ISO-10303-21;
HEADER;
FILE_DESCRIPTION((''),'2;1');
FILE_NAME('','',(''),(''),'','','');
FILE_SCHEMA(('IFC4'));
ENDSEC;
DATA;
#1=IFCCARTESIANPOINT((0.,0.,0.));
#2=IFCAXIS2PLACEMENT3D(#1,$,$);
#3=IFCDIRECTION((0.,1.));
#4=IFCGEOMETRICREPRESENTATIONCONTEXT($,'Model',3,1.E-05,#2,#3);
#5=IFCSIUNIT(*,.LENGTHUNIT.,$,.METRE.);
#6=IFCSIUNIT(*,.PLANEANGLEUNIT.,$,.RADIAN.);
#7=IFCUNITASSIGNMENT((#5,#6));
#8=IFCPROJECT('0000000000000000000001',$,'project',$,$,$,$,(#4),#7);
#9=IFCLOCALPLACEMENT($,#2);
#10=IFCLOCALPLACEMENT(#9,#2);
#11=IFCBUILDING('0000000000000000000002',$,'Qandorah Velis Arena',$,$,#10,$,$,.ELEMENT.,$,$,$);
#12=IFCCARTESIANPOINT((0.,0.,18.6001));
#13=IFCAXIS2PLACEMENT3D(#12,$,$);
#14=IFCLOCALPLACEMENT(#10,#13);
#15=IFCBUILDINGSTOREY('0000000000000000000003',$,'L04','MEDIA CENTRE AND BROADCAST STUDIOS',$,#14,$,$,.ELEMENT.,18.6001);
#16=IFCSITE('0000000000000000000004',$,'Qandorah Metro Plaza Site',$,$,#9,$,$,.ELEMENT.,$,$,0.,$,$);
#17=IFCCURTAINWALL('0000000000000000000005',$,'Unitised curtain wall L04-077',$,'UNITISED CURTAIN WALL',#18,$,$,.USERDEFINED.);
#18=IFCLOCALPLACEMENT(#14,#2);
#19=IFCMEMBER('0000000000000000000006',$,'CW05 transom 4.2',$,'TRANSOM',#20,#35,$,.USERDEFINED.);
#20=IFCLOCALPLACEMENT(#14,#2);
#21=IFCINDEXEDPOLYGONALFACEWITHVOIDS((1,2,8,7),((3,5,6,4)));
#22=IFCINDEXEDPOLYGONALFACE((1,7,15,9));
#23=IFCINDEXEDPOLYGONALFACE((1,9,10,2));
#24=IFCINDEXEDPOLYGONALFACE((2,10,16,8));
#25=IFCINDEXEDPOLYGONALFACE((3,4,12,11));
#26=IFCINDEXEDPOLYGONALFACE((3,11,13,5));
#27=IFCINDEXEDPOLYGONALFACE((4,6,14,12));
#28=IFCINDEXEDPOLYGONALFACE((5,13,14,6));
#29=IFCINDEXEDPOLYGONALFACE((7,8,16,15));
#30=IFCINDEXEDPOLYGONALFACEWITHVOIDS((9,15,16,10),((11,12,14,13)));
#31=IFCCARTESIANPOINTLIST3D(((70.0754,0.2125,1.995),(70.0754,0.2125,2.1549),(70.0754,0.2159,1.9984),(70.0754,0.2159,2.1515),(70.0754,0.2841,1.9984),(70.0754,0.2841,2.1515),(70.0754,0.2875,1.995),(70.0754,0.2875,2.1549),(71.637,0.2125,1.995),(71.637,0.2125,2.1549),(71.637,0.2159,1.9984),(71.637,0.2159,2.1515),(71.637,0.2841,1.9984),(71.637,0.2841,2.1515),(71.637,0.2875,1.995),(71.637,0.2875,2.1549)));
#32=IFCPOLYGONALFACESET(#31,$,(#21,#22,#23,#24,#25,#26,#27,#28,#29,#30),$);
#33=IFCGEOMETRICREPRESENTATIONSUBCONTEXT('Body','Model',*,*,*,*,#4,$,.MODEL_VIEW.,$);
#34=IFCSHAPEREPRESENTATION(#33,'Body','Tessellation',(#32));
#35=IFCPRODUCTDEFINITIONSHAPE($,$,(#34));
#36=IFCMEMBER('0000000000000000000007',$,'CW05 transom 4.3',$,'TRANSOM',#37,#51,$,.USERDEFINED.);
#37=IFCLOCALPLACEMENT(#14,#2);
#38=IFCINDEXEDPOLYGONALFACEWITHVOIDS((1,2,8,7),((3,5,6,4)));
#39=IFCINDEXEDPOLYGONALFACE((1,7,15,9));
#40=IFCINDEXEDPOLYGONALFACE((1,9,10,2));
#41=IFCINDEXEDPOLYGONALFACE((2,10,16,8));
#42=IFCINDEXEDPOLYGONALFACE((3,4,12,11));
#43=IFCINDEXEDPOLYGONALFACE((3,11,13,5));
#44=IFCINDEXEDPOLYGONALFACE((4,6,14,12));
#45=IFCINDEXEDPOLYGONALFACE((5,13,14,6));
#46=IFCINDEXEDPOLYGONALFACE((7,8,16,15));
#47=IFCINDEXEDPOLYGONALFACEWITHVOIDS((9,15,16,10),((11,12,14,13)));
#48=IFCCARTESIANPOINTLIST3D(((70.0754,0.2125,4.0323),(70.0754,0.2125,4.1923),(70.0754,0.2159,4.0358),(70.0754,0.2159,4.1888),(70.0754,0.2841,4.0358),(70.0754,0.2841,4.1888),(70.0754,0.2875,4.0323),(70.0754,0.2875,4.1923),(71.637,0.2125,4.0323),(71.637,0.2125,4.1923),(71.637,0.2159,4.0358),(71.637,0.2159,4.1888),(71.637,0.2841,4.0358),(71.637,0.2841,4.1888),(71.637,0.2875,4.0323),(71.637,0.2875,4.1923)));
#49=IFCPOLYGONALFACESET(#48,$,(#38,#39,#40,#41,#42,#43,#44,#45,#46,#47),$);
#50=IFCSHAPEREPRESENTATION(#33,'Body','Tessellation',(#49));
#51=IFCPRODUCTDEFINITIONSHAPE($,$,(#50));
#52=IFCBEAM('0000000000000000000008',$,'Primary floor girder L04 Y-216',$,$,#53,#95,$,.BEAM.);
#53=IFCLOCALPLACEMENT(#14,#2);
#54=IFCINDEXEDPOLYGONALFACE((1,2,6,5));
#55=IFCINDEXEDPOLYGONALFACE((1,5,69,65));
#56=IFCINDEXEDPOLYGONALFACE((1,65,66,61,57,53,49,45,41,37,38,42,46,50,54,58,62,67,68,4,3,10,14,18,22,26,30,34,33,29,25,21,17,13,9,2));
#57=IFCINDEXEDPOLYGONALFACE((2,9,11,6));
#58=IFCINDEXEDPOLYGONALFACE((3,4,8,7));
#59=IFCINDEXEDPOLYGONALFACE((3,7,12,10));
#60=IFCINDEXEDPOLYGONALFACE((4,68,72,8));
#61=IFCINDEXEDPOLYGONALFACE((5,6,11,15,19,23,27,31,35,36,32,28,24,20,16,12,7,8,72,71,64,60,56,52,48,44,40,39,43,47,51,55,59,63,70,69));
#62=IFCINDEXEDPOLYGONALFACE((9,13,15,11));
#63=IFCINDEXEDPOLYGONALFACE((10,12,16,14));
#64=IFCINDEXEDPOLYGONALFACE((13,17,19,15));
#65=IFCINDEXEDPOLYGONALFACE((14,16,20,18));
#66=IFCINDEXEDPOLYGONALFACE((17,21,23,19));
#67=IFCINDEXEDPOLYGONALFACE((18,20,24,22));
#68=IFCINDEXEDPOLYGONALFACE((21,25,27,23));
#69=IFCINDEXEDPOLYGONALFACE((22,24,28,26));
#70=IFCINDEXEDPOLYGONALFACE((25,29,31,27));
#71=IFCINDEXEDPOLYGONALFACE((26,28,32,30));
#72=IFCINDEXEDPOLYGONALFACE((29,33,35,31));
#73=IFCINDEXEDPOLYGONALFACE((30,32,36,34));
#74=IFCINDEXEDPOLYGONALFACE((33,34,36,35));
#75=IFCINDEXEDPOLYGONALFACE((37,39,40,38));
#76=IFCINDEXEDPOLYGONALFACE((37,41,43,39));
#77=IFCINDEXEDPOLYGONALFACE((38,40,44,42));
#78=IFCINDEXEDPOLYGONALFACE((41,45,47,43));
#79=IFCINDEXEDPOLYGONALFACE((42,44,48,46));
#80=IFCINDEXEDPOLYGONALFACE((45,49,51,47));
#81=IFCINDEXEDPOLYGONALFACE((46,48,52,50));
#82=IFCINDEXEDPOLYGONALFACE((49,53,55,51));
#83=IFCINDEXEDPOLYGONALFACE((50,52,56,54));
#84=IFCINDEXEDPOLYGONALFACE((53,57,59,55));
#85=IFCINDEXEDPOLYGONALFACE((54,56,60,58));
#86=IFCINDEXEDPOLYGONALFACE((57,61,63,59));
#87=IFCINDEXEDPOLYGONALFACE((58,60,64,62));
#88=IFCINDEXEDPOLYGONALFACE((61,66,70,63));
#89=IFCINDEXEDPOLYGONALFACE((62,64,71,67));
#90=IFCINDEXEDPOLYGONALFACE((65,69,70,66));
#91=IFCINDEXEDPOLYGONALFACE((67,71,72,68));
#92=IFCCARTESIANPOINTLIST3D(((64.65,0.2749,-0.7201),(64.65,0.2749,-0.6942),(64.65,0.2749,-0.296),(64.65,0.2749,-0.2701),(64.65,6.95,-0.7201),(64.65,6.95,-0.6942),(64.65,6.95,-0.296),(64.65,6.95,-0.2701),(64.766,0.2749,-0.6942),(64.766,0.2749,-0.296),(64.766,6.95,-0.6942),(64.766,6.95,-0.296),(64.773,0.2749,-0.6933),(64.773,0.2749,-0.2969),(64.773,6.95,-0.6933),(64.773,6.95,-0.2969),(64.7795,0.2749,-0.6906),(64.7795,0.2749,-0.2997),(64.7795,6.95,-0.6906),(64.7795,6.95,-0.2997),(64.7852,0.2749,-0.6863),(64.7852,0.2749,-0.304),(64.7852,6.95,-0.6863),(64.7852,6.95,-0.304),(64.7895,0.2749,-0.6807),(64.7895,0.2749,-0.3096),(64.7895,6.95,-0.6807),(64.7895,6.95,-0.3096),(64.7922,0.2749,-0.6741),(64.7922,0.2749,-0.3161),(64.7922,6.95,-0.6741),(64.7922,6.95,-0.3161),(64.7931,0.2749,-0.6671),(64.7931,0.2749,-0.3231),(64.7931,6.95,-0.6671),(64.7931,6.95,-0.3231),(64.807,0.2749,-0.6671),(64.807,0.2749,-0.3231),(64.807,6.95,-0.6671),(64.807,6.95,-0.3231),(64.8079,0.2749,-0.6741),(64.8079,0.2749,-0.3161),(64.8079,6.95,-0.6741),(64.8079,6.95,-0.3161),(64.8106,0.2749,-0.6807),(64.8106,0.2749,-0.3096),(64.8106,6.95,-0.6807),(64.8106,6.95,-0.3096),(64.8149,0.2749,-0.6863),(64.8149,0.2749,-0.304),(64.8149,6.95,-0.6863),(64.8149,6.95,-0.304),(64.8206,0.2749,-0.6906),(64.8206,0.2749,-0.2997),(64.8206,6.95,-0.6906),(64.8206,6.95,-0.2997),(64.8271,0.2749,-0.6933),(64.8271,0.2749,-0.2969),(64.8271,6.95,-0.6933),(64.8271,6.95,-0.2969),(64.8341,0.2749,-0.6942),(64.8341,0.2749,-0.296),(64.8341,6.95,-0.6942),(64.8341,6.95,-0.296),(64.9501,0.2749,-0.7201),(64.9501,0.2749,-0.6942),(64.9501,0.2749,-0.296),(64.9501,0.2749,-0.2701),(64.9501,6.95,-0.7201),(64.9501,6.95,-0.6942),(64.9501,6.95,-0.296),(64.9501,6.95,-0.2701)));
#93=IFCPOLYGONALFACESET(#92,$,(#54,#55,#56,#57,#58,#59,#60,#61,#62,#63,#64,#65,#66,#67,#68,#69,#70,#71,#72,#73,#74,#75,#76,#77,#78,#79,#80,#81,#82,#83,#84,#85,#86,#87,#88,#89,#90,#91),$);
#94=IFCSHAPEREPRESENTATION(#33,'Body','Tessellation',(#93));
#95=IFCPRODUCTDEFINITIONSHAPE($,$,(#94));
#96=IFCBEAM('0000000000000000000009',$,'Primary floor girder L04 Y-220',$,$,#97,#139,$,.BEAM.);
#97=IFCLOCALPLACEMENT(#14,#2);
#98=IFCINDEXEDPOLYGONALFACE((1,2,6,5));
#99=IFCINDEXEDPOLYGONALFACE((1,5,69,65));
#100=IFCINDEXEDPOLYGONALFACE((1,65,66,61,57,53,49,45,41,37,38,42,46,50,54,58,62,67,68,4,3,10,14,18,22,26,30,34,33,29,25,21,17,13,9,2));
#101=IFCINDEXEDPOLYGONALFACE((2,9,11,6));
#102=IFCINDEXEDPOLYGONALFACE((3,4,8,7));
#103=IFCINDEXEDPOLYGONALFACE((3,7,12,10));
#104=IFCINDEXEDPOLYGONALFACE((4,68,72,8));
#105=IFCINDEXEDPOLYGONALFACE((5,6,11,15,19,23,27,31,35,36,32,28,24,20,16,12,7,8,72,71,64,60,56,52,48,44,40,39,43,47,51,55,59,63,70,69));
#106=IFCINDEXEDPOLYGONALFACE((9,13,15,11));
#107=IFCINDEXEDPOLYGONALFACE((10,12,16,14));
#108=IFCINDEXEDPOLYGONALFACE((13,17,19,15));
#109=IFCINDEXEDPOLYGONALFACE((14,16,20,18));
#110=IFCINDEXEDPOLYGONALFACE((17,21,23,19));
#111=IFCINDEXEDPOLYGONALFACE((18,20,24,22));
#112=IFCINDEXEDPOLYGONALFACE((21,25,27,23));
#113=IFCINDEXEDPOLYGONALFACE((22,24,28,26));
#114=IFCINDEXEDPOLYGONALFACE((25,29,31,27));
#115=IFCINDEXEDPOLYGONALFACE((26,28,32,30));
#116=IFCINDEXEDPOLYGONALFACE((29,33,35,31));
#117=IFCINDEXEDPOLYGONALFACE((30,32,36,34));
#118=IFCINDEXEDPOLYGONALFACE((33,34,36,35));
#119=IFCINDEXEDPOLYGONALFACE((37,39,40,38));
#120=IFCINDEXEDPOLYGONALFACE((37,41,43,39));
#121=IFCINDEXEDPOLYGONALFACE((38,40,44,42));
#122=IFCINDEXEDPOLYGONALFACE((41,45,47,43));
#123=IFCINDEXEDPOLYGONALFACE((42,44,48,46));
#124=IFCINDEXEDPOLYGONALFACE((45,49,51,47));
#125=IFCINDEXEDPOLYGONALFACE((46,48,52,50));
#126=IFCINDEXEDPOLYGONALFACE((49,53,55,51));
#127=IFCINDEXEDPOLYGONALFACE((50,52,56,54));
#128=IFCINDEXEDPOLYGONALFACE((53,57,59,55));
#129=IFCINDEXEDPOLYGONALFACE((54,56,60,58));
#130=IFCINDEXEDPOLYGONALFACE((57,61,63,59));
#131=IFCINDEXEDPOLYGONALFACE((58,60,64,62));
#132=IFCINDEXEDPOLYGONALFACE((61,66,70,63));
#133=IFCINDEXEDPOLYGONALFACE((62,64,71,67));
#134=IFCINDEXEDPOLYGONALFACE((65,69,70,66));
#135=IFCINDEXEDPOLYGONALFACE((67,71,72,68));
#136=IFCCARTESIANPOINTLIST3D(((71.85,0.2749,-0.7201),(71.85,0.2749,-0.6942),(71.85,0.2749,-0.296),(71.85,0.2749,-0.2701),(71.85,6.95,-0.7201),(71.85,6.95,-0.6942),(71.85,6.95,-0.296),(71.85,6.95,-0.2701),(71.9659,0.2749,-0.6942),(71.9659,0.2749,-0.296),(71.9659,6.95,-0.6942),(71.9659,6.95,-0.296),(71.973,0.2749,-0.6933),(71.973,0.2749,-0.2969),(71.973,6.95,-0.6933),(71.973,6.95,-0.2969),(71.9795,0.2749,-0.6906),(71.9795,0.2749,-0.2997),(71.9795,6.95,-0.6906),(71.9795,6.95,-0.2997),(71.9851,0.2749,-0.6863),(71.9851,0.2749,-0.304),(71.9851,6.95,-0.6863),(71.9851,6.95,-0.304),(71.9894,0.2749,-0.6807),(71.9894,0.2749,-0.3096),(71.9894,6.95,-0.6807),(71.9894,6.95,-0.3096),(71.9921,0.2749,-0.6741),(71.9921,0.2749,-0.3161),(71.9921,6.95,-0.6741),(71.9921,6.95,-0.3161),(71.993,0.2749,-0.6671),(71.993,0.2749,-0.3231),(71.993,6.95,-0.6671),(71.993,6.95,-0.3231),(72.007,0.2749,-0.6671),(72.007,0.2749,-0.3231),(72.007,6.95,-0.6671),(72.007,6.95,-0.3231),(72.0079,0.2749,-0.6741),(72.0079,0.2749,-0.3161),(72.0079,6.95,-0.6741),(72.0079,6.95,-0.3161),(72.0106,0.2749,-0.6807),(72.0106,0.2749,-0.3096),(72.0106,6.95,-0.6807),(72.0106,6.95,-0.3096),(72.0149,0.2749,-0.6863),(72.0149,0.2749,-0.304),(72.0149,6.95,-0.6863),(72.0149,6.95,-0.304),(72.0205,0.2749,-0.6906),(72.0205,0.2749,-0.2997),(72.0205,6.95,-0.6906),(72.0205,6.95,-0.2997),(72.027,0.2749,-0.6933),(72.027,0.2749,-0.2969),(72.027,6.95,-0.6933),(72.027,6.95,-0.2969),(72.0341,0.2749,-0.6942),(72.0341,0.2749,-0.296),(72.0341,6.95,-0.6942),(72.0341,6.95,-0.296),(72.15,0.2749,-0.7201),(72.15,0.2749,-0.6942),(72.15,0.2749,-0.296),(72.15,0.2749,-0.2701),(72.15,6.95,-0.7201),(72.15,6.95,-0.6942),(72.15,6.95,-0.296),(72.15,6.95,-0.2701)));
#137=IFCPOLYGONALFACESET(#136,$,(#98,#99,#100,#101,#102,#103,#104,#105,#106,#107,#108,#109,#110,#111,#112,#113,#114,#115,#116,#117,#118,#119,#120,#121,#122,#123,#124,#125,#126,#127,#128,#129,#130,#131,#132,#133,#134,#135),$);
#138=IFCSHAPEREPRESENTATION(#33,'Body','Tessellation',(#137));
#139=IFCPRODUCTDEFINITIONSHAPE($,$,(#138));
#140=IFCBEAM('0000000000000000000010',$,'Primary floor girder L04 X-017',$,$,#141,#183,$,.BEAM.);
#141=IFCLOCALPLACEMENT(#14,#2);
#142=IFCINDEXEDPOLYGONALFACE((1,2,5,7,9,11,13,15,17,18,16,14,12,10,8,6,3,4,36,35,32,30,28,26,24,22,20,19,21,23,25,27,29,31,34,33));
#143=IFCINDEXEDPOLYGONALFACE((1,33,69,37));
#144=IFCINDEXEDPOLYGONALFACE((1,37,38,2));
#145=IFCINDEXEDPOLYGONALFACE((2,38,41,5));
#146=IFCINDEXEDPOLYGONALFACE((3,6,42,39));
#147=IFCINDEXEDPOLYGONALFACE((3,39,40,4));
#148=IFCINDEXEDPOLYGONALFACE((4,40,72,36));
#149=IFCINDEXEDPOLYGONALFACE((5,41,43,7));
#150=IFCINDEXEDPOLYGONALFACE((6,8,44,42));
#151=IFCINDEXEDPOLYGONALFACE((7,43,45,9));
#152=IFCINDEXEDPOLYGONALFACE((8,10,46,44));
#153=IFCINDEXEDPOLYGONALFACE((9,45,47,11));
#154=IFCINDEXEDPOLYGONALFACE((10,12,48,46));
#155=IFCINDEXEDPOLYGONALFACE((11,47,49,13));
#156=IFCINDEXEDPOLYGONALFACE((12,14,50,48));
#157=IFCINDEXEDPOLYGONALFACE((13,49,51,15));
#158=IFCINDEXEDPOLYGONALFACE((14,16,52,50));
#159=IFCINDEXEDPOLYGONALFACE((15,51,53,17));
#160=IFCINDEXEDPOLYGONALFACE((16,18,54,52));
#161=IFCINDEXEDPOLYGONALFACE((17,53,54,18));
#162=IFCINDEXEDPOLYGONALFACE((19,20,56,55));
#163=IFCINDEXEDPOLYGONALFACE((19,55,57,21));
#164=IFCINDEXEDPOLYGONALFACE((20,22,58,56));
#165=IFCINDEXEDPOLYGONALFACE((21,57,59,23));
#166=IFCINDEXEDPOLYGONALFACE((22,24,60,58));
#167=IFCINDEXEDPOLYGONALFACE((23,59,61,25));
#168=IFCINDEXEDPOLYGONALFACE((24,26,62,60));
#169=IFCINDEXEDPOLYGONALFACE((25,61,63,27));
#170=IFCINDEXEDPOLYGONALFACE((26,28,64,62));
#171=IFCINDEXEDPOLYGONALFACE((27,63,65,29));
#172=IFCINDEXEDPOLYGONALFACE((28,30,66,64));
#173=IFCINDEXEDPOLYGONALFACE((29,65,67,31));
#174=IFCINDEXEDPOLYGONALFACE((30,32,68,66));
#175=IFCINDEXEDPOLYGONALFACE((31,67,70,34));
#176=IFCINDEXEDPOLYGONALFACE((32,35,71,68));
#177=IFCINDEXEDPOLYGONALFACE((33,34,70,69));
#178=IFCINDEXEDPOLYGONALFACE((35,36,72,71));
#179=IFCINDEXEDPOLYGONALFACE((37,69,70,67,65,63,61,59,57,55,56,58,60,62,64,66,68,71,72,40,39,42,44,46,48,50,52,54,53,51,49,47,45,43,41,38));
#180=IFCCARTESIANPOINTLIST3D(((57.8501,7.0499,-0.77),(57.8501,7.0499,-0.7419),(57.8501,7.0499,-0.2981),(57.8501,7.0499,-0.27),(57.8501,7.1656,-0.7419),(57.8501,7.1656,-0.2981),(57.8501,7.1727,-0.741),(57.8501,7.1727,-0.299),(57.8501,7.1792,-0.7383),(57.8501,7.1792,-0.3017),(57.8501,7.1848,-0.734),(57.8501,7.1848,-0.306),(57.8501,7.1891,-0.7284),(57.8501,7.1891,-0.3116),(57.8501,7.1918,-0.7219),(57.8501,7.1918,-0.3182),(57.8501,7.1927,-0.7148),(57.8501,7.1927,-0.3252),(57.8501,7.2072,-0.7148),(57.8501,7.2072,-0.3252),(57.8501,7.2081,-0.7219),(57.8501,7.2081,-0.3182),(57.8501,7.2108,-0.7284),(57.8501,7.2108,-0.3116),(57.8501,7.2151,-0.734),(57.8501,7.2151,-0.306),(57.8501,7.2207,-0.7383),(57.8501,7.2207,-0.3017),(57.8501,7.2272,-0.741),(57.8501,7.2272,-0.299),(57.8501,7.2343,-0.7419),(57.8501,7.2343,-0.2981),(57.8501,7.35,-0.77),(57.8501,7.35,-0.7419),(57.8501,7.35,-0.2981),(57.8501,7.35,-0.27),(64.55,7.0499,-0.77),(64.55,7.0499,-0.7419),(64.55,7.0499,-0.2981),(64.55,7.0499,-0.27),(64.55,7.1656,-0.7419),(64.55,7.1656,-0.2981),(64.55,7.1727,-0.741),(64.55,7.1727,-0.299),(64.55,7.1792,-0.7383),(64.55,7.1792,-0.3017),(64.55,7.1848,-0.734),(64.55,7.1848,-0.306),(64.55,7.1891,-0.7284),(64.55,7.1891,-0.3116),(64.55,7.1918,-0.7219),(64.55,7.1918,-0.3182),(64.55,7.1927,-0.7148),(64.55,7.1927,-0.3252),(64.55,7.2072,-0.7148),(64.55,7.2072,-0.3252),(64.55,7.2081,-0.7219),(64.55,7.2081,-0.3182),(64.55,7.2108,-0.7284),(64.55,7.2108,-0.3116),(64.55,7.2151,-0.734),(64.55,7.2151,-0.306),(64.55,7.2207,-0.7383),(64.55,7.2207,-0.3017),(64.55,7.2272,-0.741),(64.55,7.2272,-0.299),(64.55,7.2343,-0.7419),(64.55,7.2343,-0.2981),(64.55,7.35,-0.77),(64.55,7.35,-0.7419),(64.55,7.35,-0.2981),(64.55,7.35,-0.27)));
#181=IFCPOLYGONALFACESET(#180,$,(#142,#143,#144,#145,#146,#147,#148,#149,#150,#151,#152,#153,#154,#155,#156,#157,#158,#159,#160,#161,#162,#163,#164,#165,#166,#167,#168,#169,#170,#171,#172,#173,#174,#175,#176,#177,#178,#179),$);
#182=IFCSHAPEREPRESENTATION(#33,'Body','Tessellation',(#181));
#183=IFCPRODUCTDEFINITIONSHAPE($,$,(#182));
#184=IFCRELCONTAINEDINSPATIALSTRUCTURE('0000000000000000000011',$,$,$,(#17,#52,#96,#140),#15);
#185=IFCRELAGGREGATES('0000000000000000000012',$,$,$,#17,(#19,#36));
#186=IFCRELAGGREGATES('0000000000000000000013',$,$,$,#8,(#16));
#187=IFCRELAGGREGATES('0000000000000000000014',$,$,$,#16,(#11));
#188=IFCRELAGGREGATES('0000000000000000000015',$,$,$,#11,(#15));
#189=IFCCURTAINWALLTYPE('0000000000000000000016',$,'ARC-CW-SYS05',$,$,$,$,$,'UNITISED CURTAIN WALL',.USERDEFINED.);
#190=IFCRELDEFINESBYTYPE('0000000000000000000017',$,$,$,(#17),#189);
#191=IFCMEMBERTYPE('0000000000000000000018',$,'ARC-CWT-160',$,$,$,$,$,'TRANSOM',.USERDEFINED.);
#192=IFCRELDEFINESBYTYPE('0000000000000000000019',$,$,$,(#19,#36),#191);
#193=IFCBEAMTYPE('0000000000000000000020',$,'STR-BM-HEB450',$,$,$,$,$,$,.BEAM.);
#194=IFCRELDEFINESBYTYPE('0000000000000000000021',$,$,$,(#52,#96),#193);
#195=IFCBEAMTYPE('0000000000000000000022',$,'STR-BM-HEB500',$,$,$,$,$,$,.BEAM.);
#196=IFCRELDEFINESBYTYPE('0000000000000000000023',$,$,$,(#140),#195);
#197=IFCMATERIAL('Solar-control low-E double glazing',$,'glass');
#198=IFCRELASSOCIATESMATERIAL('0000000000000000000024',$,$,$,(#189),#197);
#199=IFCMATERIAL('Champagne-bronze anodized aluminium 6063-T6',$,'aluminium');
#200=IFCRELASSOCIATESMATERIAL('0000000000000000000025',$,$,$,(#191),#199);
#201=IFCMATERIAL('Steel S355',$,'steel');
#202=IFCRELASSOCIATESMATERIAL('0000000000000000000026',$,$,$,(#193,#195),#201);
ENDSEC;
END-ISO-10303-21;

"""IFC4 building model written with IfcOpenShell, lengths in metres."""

from ifc_helpers import new_model, si_unit, direction, frame, origin, origin_2d, place, context, subcontext, project, spatial, hollow_rectangle, i_section, extrude, material, material_profile, profile_set, type_object, element, aggregate, save


model = new_model("IFC4")

# Units and contexts
model_context = context("Model", 3, precision=1e-05, world=origin(), true_north=direction((0.0, 1.0)))
body_context = subcontext(model_context, "Body", "Model", "MODEL_VIEW")
ifc_project = project(units=[si_unit("LENGTHUNIT", "METRE"), si_unit("PLANEANGLEUNIT", "RADIAN")], contexts=[model_context])

# Site, building, storey
site_placement = place(None, origin())
site = spatial("IfcSite", under=ifc_project, at=site_placement, Name="Qandorah Metro Plaza Site", CompositionType="ELEMENT", RefElevation=0.0)
building_placement = place(site_placement, origin())
building = spatial("IfcBuilding", under=site, at=building_placement, Name="Qandorah Velis Arena", CompositionType="ELEMENT")
storey_placement = place(building_placement, frame((0.0, 0.0, 18.6001)))
storey = spatial("IfcBuildingStorey", under=building, at=storey_placement, Name="L04", Description="MEDIA CENTRE AND BROADCAST STUDIOS", CompositionType="ELEMENT", Elevation=18.6001)

# Shared definitions
ifc_material_1 = material(Name="Steel S355", Category="steel")

# Curtain wall, members
ifc_material_2 = material(Name="Solar-control low-E double glazing", Category="glass")
curtain_wall_type = type_object("IfcCurtainWallType", Name="ARC-CW-SYS05", ElementType="UNITISED CURTAIN WALL", PredefinedType="USERDEFINED", material=ifc_material_2)
curtain_wall_placement = place(storey_placement, origin())
curtain_wall = element("IfcCurtainWall", 1, at=curtain_wall_placement, inside=storey, type_object=curtain_wall_type, Name="Unitised curtain wall L04-077", ObjectType="UNITISED CURTAIN WALL", PredefinedType="USERDEFINED")
ifc_material_3 = material(Name="Champagne-bronze anodized aluminium 6063-T6", Category="aluminium")
ifc_material_profile_1 = material_profile(ifc_material_3, hollow_rectangle(XDim=0.075, YDim=0.1599, WallThickness=0.0034, at=origin_2d()), Name="ALU TRANSOM 75x160")
ifc_profile_set_1 = profile_set([ifc_material_profile_1], Name="Champagne-bronze anodized aluminium 6063-T6")
member_type_1 = type_object("IfcMemberType", Name="ARC-CWT-160", ElementType="TRANSOM", PredefinedType="USERDEFINED", material=ifc_profile_set_1)
member_1_placement = place(storey_placement, frame((70.0754, 0.25, 2.075), z_axis=(1.0, 0.0, 0.0), x_axis=(0.0, 1.0, 0.0)))
member_1 = element("IfcMember", 2, at=member_1_placement, type_object=member_type_1, Name="CW05 transom 4.2", ObjectType="TRANSOM", PredefinedType="USERDEFINED", context=body_context, shape_type="SweptSolid", body=[
    extrude(hollow_rectangle(XDim=0.075, YDim=0.1599, WallThickness=0.0034, at=origin_2d()), origin(), (0.0, 0.0, 1.0), 1.5615),
])
member_2_placement = place(storey_placement, frame((70.0754, 0.25, 4.1123), z_axis=(1.0, 0.0, 0.0), x_axis=(0.0, 1.0, 0.0)))
member_2 = element("IfcMember", 3, at=member_2_placement, type_object=member_type_1, Name="CW05 transom 4.3", ObjectType="TRANSOM", PredefinedType="USERDEFINED", context=body_context, shape_type="SweptSolid", body=[
    extrude(hollow_rectangle(XDim=0.075, YDim=0.1599, WallThickness=0.0034, at=origin_2d()), origin(), (0.0, 0.0, 1.0), 1.5615),
])

# Beams
ifc_material_profile_2 = material_profile(ifc_material_1, i_section(OverallWidth=0.3, OverallDepth=0.45, WebThickness=0.0139, FlangeThickness=0.0259, FilletRadius=0.0271, at=origin_2d()), Name="HEB 450")
ifc_profile_set_2 = profile_set([ifc_material_profile_2], Name="Steel S355")
beam_type_1 = type_object("IfcBeamType", Name="STR-BM-HEB450", PredefinedType="BEAM", material=ifc_profile_set_2)
for number, where, z_axis, x_axis, name in (
    (4, (64.8, 0.2749, -0.4951), (0.0, 1.0, 0.0), (-1.0, 0.0, 0.0), "Primary floor girder L04 Y-216"),
    (5, (72.0, 0.2749, -0.4951), (0.0, 1.0, 0.0), (-1.0, 0.0, 0.0), "Primary floor girder L04 Y-220"),
):
    element("IfcBeam", number, at=place(storey_placement, frame(where, z_axis=z_axis, x_axis=x_axis)), inside=storey, type_object=beam_type_1, Name=name, PredefinedType="BEAM", context=body_context, shape_type="SweptSolid", body=[
        extrude(i_section(OverallWidth=0.3, OverallDepth=0.45, WebThickness=0.0139, FlangeThickness=0.0259, FilletRadius=0.0271, at=origin_2d()), origin(), (0.0, 0.0, 1.0), 6.675),
    ])
ifc_material_profile_3 = material_profile(ifc_material_1, i_section(OverallWidth=0.3, OverallDepth=0.5, WebThickness=0.0144, FlangeThickness=0.0281, FilletRadius=0.0271, at=origin_2d()), Name="HEB 500")
ifc_profile_set_3 = profile_set([ifc_material_profile_3], Name="Steel S355")
beam_type_2 = type_object("IfcBeamType", Name="STR-BM-HEB500", PredefinedType="BEAM", material=ifc_profile_set_3)
for number, where, z_axis, x_axis, name in (
    (6, (57.8501, 7.2, -0.52), (1.0, 0.0, 0.0), (0.0, 1.0, 0.0), "Primary floor girder L04 X-017"),
):
    element("IfcBeam", number, at=place(storey_placement, frame(where, z_axis=z_axis, x_axis=x_axis)), inside=storey, type_object=beam_type_2, Name=name, PredefinedType="BEAM", context=body_context, shape_type="SweptSolid", body=[
        extrude(i_section(OverallWidth=0.3, OverallDepth=0.5, WebThickness=0.0144, FlangeThickness=0.0281, FilletRadius=0.0271, at=origin_2d()), origin(), (0.0, 0.0, 1.0), 6.7),
    ])

aggregate(curtain_wall, [member_1, member_2])

save(model, "model.ifc")
